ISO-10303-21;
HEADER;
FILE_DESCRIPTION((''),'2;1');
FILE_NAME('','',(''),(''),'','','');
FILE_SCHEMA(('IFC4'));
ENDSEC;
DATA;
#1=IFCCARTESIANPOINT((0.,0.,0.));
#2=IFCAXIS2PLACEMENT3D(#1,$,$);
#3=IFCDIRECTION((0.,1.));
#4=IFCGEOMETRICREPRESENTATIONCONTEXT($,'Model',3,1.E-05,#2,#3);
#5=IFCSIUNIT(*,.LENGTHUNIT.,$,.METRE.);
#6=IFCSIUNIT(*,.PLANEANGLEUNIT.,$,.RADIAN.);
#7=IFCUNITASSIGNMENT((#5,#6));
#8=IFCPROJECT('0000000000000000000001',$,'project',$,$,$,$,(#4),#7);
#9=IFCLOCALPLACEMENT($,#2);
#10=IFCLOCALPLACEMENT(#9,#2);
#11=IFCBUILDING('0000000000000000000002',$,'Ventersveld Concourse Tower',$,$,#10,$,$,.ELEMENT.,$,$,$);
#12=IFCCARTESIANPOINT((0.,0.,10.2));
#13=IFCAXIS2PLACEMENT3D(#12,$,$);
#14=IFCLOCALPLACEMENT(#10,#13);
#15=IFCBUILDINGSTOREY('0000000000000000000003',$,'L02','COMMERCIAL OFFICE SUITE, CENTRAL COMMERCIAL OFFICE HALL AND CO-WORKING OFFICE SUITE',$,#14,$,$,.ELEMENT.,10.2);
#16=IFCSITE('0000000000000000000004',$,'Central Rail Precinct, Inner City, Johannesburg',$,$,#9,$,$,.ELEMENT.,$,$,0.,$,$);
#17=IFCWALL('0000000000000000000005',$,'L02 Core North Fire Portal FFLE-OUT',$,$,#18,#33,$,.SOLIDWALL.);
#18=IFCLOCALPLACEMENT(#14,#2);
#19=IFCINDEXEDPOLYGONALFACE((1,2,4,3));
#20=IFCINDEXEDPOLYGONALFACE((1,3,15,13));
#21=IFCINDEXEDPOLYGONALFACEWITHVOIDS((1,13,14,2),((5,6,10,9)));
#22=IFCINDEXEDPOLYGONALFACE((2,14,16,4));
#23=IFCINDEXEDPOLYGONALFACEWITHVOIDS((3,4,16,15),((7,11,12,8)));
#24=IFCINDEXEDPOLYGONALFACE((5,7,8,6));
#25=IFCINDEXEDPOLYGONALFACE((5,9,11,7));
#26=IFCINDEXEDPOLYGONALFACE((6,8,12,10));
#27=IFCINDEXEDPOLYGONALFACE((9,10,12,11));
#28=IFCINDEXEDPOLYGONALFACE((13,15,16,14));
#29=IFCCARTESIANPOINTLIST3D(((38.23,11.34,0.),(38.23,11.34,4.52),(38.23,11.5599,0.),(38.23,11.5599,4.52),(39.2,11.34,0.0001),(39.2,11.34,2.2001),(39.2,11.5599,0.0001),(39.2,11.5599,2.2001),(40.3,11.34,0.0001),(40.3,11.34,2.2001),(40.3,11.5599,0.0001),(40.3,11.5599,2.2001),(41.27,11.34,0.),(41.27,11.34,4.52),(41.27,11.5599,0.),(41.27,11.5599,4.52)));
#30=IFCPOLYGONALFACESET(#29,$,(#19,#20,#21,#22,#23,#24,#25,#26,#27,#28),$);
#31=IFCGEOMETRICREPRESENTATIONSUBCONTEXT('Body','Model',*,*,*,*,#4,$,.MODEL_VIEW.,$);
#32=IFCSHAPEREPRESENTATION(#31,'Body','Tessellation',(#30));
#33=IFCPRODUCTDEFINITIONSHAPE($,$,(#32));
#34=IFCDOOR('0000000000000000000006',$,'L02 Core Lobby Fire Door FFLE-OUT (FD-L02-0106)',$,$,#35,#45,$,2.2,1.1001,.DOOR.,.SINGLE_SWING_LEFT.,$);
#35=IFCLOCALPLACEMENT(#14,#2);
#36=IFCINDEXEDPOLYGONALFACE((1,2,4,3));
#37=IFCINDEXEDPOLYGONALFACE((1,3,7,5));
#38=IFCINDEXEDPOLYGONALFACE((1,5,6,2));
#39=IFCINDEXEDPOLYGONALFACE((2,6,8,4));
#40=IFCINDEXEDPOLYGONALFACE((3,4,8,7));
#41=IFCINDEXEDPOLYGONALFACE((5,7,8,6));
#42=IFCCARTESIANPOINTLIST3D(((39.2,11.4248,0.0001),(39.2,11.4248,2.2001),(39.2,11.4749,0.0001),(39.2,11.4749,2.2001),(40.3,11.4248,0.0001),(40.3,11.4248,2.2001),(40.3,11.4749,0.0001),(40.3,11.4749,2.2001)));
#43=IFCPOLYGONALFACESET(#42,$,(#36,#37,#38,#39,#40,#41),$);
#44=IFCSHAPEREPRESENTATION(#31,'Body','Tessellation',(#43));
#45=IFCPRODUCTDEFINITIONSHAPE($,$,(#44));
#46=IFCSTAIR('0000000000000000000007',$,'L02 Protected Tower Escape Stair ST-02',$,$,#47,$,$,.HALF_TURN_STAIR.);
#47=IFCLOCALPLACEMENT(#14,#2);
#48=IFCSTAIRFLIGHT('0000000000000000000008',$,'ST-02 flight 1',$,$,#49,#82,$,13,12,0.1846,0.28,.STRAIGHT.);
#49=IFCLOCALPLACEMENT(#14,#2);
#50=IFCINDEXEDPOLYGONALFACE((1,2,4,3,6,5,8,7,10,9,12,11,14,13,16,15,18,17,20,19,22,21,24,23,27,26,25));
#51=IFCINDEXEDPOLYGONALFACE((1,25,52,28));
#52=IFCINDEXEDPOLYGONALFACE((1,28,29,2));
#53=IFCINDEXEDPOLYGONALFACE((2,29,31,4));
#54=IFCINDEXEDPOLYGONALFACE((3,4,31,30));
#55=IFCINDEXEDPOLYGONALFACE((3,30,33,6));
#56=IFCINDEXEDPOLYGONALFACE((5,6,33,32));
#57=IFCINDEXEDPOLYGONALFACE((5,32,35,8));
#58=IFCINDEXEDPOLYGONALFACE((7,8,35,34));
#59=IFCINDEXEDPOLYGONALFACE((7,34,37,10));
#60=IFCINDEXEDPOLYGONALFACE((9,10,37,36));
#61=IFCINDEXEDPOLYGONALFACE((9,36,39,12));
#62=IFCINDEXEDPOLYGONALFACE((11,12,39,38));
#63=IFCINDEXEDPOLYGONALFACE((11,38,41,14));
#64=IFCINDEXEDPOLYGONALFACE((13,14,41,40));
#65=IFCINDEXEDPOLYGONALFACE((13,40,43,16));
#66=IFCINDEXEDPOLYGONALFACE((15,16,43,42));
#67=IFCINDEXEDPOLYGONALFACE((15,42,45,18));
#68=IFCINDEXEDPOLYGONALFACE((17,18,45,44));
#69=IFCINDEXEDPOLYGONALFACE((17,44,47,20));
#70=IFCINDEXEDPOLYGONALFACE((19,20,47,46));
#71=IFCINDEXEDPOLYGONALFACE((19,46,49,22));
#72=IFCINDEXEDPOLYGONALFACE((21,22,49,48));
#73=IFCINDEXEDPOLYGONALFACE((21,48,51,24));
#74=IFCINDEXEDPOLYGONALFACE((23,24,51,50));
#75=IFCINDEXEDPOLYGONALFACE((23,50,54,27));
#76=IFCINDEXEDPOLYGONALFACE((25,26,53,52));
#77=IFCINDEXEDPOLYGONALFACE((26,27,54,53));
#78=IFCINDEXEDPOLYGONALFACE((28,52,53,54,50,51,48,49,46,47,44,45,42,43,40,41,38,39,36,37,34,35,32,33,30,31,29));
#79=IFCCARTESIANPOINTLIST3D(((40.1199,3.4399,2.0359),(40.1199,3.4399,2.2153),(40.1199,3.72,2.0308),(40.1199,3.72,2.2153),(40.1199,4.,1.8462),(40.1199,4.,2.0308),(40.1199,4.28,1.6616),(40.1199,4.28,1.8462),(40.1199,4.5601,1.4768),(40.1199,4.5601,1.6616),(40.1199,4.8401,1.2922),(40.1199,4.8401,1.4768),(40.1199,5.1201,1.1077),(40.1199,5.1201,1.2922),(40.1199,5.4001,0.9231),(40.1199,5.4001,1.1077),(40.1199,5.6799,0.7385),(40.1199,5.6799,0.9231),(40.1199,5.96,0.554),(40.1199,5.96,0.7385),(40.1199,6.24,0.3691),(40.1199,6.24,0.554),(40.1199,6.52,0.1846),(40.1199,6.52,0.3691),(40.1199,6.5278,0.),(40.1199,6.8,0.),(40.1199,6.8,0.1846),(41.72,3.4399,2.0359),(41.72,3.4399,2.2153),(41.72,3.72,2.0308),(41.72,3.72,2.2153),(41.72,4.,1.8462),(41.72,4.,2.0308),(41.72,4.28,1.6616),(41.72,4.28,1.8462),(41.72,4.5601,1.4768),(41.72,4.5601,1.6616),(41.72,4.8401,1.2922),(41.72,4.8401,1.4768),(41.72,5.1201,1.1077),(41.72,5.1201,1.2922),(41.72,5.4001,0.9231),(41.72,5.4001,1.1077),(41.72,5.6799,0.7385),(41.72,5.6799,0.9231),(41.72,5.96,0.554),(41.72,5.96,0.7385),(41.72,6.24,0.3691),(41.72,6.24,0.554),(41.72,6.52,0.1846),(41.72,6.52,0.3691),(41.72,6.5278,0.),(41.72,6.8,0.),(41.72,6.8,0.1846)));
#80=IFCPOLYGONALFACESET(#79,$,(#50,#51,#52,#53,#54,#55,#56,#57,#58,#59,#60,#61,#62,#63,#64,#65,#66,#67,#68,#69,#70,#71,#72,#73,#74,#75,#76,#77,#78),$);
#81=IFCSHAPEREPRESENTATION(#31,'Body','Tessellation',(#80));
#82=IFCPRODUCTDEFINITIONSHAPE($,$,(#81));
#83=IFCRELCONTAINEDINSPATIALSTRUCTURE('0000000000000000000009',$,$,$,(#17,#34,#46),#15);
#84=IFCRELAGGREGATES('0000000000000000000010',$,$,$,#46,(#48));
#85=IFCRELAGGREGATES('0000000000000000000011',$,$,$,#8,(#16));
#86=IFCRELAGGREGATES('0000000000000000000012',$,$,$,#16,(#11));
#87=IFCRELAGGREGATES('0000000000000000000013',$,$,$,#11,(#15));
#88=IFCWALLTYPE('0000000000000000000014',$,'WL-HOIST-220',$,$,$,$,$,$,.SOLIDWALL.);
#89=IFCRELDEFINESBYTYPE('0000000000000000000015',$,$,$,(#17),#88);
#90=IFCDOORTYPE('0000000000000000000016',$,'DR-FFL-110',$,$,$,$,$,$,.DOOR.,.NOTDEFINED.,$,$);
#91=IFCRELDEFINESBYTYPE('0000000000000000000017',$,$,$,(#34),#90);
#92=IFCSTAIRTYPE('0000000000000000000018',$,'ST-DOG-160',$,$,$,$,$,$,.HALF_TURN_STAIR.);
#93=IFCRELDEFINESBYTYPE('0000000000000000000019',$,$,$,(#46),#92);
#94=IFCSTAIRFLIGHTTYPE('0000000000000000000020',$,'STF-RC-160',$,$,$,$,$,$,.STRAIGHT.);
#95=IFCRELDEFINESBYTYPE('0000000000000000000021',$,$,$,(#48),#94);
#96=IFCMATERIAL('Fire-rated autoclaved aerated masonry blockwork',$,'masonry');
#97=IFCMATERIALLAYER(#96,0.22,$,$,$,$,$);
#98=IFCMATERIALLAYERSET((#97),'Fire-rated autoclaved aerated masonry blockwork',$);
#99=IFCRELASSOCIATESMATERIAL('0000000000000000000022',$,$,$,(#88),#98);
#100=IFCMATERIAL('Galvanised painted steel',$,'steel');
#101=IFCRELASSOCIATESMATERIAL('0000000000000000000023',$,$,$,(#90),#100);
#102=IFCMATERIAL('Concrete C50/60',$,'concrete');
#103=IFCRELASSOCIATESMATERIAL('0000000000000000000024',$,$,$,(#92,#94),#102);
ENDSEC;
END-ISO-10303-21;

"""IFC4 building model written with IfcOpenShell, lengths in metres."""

from ifc_helpers import new_model, si_unit, direction, frame, frame_2d, origin, place, context, subcontext, project, spatial, polyline, rectangle, outline, extrude, material, layer, layer_set, type_object, element, fill, aggregate, save


model = new_model("IFC4")

# Units and contexts
model_context = context("Model", 3, precision=1e-05, world=origin(), true_north=direction((0.0, 1.0)))
body_context = subcontext(model_context, "Body", "Model", "MODEL_VIEW")
ifc_project = project(units=[si_unit("LENGTHUNIT", "METRE"), si_unit("PLANEANGLEUNIT", "RADIAN")], contexts=[model_context])

# Site, building, storey
site_placement = place(None, origin())
site = spatial("IfcSite", under=ifc_project, at=site_placement, Name="Central Rail Precinct, Inner City, Johannesburg", CompositionType="ELEMENT", RefElevation=0.0)
building_placement = place(site_placement, origin())
building = spatial("IfcBuilding", under=site, at=building_placement, Name="Ventersveld Concourse Tower", CompositionType="ELEMENT")
storey_placement = place(building_placement, frame((0.0, 0.0, 10.2)))
storey = spatial("IfcBuildingStorey", under=building, at=storey_placement, Name="L02", Description="COMMERCIAL OFFICE SUITE, CENTRAL COMMERCIAL OFFICE HALL AND CO-WORKING OFFICE SUITE", CompositionType="ELEMENT", Elevation=10.2)

# Shared definitions
ifc_material_1 = material(Name="Concrete C50/60", Category="concrete")

# Shared definitions
ifc_material_2 = material(Name="Fire-rated autoclaved aerated masonry blockwork", Category="masonry")

# Shared definitions
ifc_layer_1 = layer(ifc_material_2, 0.22)
ifc_layer_set_1 = layer_set([ifc_layer_1], Name="Fire-rated autoclaved aerated masonry blockwork")
wall_type_1 = type_object("IfcWallType", Name="WL-HOIST-220", PredefinedType="SOLIDWALL", material=ifc_layer_set_1)

# Wall, opening, door
ifc_material_3 = material(Name="Galvanised painted steel", Category="steel")
door_type_1 = type_object("IfcDoorType", Name="DR-FFL-110", OperationType="NOTDEFINED", PredefinedType="DOOR", material=ifc_material_3)
wall_1_placement = place(storey_placement, frame((38.23, 11.45, 0.0), z_axis=(0.0, 0.0, 1.0), x_axis=(1.0, 0.0, 0.0)))
wall_1 = element("IfcWall", 1, at=wall_1_placement, inside=storey, type_object=wall_type_1, Name="L02 Core North Fire Portal FFLE-OUT", PredefinedType="SOLIDWALL", context=body_context, shape_type="SweptSolid", body=[
    extrude(rectangle(XDim=3.04, YDim=0.22, at=frame_2d((1.52, 0.0))), origin(), (0.0, 0.0, 1.0), 4.52),
])
opening_1_placement = place(wall_1_placement, frame((0.97, 0.0, 0.0)))
opening_1 = element("IfcOpeningElement", 2, at=opening_1_placement, cuts=wall_1, PredefinedType="OPENING", context=body_context, shape_type="SweptSolid", body=[
    extrude(rectangle(XDim=1.1001, YDim=2.2, at=frame_2d((0.55, 1.1001))), frame((0.0, 0.1201, 0.0), z_axis=(0.0, -1.0, 0.0), x_axis=(1.0, 0.0, 0.0)), (0.0, 0.0, 1.0), 0.24),
])
door_1_placement = place(opening_1_placement, origin())
door_1 = element("IfcDoor", 3, at=door_1_placement, inside=storey, type_object=door_type_1, Name="L02 Core Lobby Fire Door FFLE-OUT (FD-L02-0106)", OperationType="SINGLE_SWING_LEFT", OverallHeight=2.2, OverallWidth=1.1001, PredefinedType="DOOR", context=body_context, shape_type="SweptSolid", body=[
    extrude(rectangle(XDim=1.1001, YDim=2.2, at=frame_2d((0.55, 1.1001))), frame((0.0, 0.0249, 0.0), z_axis=(0.0, -1.0, 0.0), x_axis=(1.0, 0.0, 0.0)), (0.0, 0.0, 1.0), 0.05),
])
fill(opening_1, door_1)

# Stair, stair flight
stair_type = type_object("IfcStairType", Name="ST-DOG-160", PredefinedType="HALF_TURN_STAIR", material=ifc_material_1)
stair_placement = place(storey_placement, origin())
stair = element("IfcStair", 4, at=stair_placement, inside=storey, type_object=stair_type, Name="L02 Protected Tower Escape Stair ST-02", PredefinedType="HALF_TURN_STAIR")
stair_flight_type = type_object("IfcStairFlightType", Name="STF-RC-160", PredefinedType="STRAIGHT", material=ifc_material_1)
stair_flight_placement = place(storey_placement, frame((40.9199, 6.8, 0.0), z_axis=(0.0, 0.0, 1.0), x_axis=(0.0, -1.0, 0.0)))
stair_flight = element("IfcStairFlight", 5, at=stair_flight_placement, type_object=stair_flight_type, Name="ST-02 flight 1", NumberOfRisers=13, NumberOfTreads=12, PredefinedType="STRAIGHT", RiserHeight=0.1846, TreadLength=0.28, context=body_context, shape_type="SweptSolid", body=[
    extrude(outline(polyline([(0.0, 0.0), (0.0, 0.1846), (0.28, 0.1846), (0.28, 0.3691), (0.5601, 0.3691), (0.5601, 0.554), (0.8401, 0.554), (0.8401, 0.7385), (1.1201, 0.7385), (1.1201, 0.9231), (1.3999, 0.9231), (1.3999, 1.1077), (1.6799, 1.1077), (1.6799, 1.2922), (1.96, 1.2922), (1.96, 1.4768), (2.24, 1.4768), (2.24, 1.6616), (2.52, 1.6616), (2.52, 1.8462), (2.8, 1.8462), (2.8, 2.0308), (3.0801, 2.0308), (3.0801, 2.2153), (3.3601, 2.2153), (3.3601, 2.3999), (3.3601, 2.0359), (0.2722, 0.0), (0.0, 0.0)])), frame((0.0, 0.8, 0.0), z_axis=(0.0, -1.0, 0.0), x_axis=(1.0, 0.0, 0.0)), (0.0, 0.0, 1.0), 1.6001),
])
aggregate(stair, [stair_flight])

save(model, "model.ifc")
